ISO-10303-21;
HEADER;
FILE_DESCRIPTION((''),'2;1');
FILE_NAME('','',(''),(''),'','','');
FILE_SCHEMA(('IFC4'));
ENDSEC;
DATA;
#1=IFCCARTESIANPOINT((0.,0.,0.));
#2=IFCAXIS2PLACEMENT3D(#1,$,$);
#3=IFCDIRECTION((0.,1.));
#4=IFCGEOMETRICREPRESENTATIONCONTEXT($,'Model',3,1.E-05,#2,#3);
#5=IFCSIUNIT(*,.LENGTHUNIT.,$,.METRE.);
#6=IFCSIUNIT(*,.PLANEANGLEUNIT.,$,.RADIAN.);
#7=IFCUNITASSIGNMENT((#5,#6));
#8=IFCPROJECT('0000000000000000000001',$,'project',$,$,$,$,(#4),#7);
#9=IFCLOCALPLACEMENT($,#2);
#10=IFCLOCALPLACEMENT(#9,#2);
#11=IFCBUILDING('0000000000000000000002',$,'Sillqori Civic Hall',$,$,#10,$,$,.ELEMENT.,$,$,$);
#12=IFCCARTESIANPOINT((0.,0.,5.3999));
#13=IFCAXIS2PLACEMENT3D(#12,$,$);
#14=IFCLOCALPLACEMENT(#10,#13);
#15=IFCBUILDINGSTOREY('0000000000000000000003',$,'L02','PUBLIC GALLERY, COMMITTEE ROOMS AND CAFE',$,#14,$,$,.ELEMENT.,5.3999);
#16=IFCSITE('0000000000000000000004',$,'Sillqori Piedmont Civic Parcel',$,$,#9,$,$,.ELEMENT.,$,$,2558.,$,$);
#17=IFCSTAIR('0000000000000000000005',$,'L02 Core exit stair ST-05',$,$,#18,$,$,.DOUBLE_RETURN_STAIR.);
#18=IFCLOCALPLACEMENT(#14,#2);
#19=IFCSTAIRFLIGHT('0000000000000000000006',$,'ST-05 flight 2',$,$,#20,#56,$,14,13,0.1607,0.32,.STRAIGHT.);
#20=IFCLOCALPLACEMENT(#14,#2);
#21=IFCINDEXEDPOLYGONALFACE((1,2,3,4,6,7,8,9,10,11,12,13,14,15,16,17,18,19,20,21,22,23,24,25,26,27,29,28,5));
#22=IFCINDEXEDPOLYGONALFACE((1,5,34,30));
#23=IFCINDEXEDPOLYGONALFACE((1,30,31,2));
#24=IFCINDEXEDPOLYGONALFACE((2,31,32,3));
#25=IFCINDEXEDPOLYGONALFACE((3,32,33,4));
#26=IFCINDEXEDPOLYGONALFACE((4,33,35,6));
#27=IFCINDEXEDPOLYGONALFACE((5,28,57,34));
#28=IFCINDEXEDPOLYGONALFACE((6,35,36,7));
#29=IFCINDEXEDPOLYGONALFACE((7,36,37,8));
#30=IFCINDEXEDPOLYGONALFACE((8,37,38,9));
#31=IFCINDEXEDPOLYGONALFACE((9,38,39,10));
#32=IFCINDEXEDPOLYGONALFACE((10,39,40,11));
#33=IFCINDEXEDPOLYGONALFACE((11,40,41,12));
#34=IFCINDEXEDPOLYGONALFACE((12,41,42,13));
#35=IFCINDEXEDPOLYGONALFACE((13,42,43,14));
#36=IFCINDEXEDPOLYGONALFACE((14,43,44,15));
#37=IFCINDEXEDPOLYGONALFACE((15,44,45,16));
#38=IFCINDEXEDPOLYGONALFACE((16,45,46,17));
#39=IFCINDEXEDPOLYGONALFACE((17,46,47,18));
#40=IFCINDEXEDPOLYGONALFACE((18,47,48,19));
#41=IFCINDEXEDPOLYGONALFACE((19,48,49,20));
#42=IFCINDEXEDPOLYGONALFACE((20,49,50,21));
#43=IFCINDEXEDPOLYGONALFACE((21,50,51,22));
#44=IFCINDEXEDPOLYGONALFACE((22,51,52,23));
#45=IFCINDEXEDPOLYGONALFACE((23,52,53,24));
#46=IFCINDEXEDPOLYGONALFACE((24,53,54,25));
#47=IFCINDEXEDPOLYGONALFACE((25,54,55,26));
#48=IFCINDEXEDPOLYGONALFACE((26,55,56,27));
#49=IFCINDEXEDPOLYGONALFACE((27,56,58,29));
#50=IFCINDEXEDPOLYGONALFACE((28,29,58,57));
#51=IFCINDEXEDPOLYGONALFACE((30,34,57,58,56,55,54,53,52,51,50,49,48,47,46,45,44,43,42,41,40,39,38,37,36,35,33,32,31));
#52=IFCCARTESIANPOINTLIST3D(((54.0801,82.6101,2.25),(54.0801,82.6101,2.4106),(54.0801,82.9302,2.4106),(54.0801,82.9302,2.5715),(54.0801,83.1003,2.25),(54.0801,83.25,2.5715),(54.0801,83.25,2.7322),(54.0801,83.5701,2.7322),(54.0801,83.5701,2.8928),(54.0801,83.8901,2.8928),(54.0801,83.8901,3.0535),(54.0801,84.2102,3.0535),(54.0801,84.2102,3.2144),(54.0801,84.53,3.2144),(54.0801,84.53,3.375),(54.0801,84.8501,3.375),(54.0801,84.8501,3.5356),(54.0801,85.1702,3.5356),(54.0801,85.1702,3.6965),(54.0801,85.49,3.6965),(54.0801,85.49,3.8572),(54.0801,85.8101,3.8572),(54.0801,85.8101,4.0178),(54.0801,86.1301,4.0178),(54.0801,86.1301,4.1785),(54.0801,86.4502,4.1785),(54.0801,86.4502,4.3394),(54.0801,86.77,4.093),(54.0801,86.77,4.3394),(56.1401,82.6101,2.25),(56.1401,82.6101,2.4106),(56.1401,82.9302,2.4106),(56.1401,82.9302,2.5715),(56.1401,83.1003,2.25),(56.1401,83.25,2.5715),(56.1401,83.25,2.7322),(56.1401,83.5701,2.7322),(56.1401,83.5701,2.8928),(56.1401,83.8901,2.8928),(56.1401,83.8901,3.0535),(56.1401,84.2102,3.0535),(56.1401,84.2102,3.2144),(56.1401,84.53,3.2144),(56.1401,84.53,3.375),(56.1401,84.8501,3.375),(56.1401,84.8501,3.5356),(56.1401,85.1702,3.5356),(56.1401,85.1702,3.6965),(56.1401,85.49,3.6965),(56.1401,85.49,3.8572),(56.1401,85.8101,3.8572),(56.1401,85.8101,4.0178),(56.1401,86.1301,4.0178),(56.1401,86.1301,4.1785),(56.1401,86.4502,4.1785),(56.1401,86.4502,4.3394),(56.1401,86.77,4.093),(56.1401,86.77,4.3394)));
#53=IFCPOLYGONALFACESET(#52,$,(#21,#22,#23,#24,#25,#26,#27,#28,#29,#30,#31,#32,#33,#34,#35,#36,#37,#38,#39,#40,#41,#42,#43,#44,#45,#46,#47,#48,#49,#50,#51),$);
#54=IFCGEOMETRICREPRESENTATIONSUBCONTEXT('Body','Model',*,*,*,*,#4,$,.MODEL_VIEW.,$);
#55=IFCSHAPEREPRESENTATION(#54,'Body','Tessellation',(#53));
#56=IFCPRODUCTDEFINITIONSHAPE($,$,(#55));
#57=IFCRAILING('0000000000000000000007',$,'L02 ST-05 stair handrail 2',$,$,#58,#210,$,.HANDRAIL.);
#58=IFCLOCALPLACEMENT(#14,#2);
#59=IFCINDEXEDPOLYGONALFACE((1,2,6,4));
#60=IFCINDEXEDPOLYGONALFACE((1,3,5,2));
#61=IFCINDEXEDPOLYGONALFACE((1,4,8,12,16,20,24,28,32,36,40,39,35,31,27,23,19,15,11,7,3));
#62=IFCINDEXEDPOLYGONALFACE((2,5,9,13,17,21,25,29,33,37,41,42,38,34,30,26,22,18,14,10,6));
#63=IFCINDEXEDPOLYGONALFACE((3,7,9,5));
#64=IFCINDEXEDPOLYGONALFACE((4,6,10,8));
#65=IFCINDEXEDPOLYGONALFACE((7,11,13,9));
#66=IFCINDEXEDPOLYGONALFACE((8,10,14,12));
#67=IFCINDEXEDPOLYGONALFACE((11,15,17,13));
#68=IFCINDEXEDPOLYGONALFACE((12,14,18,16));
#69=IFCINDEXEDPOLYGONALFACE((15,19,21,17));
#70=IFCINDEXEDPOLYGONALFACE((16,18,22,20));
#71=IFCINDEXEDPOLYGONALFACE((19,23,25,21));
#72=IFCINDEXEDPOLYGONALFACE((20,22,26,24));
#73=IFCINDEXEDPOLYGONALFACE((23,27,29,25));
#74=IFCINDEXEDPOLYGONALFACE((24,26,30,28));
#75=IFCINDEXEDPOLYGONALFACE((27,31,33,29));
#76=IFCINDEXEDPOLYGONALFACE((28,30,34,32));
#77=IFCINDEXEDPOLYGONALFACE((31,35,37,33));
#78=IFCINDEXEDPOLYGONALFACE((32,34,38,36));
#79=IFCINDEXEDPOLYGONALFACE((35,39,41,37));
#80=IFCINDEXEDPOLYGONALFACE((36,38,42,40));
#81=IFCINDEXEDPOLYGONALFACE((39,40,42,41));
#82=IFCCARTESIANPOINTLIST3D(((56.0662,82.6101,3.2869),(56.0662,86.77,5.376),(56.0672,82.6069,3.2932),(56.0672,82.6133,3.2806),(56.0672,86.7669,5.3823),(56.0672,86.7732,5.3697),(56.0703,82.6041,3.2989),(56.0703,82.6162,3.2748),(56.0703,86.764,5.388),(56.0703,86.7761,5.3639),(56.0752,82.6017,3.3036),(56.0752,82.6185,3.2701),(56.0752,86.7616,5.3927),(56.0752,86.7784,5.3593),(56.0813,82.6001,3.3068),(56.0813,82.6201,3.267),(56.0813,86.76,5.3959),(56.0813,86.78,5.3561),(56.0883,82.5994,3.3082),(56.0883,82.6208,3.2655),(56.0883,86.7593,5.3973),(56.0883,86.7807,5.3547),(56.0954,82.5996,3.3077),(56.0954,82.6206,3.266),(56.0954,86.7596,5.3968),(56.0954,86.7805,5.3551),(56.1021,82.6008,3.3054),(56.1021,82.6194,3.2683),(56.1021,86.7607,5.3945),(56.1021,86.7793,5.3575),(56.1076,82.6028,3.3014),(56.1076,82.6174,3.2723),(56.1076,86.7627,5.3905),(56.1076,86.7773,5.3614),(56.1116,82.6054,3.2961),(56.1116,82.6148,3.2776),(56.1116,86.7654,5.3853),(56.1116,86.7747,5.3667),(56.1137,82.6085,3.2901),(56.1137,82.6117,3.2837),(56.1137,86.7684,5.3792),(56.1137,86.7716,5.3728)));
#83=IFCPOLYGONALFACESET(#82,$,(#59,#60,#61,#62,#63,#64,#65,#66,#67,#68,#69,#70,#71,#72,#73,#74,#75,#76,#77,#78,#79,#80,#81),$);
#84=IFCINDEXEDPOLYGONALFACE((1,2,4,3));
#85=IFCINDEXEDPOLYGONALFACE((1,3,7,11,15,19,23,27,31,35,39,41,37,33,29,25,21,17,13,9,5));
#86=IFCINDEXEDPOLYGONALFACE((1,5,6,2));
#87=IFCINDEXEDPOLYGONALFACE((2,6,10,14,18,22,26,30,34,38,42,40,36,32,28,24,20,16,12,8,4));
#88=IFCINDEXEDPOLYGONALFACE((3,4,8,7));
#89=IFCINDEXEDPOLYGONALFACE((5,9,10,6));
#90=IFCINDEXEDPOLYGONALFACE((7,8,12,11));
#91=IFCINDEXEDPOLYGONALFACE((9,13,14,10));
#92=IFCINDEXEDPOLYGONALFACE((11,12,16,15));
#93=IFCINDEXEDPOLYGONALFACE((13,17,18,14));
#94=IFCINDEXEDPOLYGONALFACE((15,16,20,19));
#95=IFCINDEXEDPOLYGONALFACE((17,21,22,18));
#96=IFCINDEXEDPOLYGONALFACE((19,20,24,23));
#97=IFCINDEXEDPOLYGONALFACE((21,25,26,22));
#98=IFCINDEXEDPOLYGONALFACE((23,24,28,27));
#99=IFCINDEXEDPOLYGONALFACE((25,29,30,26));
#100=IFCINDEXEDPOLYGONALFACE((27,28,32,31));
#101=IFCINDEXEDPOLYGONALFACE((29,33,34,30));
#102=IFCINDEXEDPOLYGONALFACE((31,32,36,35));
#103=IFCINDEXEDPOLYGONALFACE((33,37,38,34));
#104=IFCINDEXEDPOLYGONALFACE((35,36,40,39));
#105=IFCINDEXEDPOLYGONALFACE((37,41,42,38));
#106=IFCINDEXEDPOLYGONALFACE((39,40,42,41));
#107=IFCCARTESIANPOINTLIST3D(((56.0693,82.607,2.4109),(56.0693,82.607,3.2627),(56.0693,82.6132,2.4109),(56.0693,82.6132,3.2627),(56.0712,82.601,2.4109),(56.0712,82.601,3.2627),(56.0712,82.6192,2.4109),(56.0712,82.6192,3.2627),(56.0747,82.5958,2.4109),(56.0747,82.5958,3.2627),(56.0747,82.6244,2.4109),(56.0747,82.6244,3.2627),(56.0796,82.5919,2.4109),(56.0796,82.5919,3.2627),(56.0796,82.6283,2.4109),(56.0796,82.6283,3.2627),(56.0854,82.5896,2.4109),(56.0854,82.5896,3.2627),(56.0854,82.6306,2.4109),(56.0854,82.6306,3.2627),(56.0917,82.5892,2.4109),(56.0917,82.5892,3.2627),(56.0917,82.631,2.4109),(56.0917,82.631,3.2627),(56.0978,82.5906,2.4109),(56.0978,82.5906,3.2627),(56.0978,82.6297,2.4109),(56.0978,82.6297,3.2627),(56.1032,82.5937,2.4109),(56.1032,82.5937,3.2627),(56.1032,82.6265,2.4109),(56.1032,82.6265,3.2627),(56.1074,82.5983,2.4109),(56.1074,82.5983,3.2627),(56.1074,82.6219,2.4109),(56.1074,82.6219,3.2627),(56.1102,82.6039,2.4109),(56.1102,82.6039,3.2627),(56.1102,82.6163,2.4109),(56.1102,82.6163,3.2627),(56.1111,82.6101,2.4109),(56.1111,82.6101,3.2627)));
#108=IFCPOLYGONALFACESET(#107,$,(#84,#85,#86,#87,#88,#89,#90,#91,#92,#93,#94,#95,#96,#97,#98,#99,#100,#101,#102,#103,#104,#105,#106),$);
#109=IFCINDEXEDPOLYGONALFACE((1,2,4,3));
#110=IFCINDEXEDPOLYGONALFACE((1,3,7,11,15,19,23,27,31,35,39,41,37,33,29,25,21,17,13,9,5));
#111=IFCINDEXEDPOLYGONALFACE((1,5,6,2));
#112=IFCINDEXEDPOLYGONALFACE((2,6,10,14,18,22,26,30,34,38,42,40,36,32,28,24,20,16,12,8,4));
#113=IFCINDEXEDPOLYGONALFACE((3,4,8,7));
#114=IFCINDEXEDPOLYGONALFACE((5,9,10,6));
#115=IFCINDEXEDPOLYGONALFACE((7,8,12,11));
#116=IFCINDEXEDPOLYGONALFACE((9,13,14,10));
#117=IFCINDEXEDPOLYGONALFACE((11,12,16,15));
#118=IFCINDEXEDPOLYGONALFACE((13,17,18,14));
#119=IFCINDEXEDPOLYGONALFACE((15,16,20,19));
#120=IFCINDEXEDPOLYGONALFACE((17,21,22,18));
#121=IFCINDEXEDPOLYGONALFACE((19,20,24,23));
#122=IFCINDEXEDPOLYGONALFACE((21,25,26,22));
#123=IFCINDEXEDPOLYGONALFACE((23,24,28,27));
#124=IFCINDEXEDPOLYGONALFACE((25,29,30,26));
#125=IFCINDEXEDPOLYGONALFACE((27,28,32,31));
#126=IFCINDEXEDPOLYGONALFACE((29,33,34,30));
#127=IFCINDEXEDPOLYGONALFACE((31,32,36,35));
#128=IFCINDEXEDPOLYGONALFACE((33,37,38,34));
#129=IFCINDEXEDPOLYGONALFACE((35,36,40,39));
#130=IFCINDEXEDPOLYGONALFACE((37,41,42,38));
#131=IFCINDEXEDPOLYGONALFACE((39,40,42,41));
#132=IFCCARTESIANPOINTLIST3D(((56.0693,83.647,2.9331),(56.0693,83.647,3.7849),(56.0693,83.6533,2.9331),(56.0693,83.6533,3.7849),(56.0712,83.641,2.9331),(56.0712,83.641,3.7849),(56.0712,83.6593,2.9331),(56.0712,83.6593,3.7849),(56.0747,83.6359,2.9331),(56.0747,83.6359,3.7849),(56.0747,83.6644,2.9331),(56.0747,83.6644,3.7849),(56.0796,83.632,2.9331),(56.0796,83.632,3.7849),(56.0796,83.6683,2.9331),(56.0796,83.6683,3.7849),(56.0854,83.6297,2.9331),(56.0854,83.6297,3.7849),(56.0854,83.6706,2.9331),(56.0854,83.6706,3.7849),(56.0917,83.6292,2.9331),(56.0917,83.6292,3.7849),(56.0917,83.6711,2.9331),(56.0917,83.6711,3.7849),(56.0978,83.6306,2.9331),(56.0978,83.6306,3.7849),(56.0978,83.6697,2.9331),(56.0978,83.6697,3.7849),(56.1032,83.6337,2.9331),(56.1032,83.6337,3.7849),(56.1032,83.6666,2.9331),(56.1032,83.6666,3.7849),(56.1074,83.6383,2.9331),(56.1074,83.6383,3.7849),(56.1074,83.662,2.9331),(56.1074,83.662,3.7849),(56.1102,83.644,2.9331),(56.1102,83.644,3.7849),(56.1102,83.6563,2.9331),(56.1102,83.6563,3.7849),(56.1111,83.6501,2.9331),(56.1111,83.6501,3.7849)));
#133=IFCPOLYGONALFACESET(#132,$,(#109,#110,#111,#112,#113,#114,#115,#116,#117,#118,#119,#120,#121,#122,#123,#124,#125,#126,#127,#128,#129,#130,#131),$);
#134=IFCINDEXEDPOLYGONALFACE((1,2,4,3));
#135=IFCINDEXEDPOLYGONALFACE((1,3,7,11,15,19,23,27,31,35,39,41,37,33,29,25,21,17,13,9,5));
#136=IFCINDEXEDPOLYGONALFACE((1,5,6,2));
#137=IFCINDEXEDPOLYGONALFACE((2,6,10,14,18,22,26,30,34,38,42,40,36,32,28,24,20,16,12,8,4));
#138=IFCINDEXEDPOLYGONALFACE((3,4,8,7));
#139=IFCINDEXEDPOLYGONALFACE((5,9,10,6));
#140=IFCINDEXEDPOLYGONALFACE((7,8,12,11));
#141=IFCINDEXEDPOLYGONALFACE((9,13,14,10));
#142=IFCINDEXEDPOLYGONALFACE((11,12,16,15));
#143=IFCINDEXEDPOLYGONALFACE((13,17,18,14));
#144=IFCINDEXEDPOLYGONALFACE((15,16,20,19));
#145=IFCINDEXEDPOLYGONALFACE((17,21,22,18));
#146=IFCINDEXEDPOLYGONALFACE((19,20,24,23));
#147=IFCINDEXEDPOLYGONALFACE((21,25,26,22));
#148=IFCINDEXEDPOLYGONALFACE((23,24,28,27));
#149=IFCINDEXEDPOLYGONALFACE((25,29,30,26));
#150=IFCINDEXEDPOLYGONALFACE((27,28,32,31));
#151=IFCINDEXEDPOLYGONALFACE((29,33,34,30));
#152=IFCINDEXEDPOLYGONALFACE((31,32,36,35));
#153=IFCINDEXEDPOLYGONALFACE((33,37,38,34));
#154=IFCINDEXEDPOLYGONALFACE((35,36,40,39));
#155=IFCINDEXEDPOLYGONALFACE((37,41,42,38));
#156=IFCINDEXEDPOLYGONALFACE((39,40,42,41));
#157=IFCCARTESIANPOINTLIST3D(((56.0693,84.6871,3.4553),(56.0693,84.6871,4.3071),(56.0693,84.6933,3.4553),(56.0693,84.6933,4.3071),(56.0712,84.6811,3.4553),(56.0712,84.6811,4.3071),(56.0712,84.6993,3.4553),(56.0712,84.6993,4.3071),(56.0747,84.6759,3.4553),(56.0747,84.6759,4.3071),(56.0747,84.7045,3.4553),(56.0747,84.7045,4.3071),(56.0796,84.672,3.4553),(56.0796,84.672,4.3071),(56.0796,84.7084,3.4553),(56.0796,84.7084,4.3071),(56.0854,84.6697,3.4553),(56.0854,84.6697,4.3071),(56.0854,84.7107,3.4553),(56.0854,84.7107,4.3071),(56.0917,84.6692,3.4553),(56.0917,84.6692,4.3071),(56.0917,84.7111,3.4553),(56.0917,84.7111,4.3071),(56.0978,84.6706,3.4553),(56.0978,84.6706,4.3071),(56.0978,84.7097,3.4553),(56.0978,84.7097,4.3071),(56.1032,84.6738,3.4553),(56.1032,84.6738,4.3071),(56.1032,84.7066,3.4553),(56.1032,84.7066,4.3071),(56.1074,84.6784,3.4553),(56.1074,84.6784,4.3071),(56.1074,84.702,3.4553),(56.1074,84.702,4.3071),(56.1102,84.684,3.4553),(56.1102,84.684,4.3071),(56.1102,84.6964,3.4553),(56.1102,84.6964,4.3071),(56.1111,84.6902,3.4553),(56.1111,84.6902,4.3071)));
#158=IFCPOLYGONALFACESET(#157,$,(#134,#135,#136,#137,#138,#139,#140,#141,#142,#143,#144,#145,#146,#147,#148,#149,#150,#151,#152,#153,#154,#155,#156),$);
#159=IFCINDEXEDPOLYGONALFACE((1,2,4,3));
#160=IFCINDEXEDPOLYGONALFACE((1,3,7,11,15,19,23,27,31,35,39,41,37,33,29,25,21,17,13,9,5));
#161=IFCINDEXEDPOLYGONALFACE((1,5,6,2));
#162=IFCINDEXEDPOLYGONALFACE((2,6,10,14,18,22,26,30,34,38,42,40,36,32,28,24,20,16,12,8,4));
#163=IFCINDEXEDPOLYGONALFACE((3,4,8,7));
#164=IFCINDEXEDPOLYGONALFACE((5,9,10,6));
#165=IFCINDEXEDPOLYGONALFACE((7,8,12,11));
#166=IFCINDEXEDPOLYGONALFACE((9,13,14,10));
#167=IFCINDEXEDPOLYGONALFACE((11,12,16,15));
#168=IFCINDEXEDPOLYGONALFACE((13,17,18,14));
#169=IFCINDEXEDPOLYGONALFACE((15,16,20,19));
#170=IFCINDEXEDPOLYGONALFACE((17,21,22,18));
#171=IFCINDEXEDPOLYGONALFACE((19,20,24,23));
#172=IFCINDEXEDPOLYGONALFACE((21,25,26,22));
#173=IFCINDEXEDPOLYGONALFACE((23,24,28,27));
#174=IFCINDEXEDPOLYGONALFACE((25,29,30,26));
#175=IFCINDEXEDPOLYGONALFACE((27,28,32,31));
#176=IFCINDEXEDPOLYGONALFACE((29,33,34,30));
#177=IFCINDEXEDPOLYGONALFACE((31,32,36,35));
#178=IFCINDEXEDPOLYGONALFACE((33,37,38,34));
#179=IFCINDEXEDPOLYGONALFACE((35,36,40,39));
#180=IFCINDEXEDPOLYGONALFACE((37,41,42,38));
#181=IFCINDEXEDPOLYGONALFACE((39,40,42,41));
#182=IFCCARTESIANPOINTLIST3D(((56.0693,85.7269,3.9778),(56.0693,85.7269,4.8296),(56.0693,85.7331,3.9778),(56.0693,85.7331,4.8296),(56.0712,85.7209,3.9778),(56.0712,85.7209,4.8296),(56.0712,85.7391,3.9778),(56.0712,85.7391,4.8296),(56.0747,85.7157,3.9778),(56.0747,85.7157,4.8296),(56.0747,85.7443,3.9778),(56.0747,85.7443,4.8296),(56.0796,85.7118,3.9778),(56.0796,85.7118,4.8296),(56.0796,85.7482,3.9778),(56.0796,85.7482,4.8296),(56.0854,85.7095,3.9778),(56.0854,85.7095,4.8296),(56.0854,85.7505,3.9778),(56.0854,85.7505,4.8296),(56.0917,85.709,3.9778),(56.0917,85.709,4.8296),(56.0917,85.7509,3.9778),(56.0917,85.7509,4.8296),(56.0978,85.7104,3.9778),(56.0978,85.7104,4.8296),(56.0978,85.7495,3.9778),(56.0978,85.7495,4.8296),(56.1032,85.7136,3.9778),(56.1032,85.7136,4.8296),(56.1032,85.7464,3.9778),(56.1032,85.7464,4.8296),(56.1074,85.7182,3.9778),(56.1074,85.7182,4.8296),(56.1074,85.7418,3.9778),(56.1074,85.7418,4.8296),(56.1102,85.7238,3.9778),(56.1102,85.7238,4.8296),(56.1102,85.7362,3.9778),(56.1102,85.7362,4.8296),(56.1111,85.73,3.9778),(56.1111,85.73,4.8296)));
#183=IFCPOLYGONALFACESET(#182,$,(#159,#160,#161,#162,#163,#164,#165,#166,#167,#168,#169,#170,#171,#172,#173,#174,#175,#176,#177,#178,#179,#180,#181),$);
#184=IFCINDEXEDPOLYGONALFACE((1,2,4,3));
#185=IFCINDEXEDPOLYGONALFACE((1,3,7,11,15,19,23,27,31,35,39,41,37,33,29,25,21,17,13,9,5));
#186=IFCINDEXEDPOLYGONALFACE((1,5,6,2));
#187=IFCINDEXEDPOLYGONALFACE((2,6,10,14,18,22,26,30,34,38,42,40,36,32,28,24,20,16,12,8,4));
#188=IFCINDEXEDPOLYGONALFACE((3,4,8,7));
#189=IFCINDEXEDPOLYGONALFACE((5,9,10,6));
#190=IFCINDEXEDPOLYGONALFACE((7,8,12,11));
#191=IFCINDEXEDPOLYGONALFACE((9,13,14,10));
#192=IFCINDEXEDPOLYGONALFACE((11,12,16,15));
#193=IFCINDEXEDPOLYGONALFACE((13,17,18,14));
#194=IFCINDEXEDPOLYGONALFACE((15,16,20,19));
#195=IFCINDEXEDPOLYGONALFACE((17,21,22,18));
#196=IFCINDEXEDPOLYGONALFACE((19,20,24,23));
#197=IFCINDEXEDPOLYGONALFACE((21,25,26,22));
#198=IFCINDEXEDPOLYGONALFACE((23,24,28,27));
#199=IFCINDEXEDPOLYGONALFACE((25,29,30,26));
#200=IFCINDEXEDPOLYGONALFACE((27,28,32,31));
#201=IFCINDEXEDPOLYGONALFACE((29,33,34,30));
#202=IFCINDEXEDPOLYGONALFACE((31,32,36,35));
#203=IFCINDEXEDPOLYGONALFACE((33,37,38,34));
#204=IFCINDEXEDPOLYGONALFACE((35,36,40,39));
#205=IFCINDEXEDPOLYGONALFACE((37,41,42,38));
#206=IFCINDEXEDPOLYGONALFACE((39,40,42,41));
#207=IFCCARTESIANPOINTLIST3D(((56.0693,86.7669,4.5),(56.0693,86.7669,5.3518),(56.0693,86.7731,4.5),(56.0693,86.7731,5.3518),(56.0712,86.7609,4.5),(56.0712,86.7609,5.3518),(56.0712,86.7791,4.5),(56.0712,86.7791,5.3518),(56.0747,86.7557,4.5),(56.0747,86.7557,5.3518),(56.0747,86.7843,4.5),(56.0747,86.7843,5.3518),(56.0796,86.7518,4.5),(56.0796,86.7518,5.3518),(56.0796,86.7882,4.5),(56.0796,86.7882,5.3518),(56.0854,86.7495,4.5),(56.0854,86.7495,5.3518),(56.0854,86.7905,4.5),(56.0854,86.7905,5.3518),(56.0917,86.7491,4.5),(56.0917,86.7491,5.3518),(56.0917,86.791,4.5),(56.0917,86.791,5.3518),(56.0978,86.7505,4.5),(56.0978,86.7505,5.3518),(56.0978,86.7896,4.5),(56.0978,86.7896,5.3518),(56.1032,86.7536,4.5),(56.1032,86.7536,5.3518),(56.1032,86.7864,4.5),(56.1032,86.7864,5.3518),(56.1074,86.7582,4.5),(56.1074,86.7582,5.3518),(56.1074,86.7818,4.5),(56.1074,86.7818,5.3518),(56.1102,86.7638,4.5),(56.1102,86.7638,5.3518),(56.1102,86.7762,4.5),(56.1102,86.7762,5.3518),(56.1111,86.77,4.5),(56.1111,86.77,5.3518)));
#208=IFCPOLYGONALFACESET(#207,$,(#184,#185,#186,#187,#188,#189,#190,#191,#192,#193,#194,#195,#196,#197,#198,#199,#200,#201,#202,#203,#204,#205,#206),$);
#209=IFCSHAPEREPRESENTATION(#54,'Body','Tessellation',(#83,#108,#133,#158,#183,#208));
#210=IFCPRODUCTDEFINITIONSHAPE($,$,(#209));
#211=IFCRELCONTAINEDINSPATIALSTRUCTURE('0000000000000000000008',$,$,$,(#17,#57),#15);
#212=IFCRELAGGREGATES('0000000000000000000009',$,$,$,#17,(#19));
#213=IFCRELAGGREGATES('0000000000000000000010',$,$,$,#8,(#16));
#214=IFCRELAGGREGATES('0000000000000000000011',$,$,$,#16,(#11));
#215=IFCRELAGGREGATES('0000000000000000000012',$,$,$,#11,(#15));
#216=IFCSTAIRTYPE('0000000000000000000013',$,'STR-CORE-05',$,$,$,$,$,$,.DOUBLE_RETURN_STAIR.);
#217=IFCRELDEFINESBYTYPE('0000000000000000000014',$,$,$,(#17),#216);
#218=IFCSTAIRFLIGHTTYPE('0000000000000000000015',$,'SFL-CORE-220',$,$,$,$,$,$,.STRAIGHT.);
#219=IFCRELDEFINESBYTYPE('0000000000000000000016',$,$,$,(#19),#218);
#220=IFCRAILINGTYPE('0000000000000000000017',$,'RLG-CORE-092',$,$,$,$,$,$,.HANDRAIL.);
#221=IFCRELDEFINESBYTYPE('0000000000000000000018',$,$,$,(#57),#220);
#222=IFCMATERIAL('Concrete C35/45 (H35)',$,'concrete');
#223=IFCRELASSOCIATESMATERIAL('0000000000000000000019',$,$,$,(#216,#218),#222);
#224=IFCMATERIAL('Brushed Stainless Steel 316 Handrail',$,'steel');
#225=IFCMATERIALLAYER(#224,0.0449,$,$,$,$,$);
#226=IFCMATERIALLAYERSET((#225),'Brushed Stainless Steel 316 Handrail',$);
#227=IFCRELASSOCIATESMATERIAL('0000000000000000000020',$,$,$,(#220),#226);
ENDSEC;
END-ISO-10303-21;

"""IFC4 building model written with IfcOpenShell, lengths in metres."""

from ifc_helpers import new_model, si_unit, direction, frame, origin, origin_2d, place, context, subcontext, project, spatial, polyline, circle, outline, extrude, material, layer, layer_set, type_object, element, aggregate, save


model = new_model("IFC4")

# Units and contexts
model_context = context("Model", 3, precision=1e-05, world=origin(), true_north=direction((0.0, 1.0)))
body_context = subcontext(model_context, "Body", "Model", "MODEL_VIEW")
ifc_project = project(units=[si_unit("LENGTHUNIT", "METRE"), si_unit("PLANEANGLEUNIT", "RADIAN")], contexts=[model_context])

# Site, building, storey
site_placement = place(None, origin())
site = spatial("IfcSite", under=ifc_project, at=site_placement, Name="Sillqori Piedmont Civic Parcel", CompositionType="ELEMENT", RefElevation=2558.0)
building_placement = place(site_placement, origin())
building = spatial("IfcBuilding", under=site, at=building_placement, Name="Sillqori Civic Hall", CompositionType="ELEMENT")
storey_placement = place(building_placement, frame((0.0, 0.0, 5.3999)))
storey = spatial("IfcBuildingStorey", under=building, at=storey_placement, Name="L02", Description="PUBLIC GALLERY, COMMITTEE ROOMS AND CAFE", CompositionType="ELEMENT", Elevation=5.3999)

# Shared definitions
ifc_material_1 = material(Name="Concrete C35/45 (H35)", Category="concrete")

# Stair, stair flight
stair_type = type_object("IfcStairType", Name="STR-CORE-05", PredefinedType="DOUBLE_RETURN_STAIR", material=ifc_material_1)
stair_placement = place(storey_placement, origin())
stair = element("IfcStair", 1, at=stair_placement, inside=storey, type_object=stair_type, Name="L02 Core exit stair ST-05", PredefinedType="DOUBLE_RETURN_STAIR")
stair_flight_type = type_object("IfcStairFlightType", Name="SFL-CORE-220", PredefinedType="STRAIGHT", material=ifc_material_1)
stair_flight_placement = place(storey_placement, frame((55.1101, 82.6101, 2.25), z_axis=(0.0, 0.0, 1.0), x_axis=(0.0, 1.0, 0.0)))
stair_flight = element("IfcStairFlight", 2, at=stair_flight_placement, type_object=stair_flight_type, Name="ST-05 flight 2", NumberOfRisers=14, NumberOfTreads=13, PredefinedType="STRAIGHT", RiserHeight=0.1607, TreadLength=0.32, context=body_context, shape_type="SweptSolid", body=[
    extrude(outline(polyline([(0.0, 0.0), (0.0, 0.1606), (0.3201, 0.1606), (0.3201, 0.3215), (0.6399, 0.3215), (0.6399, 0.4822), (0.96, 0.4822), (0.96, 0.6428), (1.28, 0.6428), (1.28, 0.8035), (1.6001, 0.8035), (1.6001, 0.9644), (1.9199, 0.9644), (1.9199, 1.125), (2.24, 1.125), (2.24, 1.2856), (2.5601, 1.2856), (2.5601, 1.4465), (2.8799, 1.4465), (2.8799, 1.6072), (3.2, 1.6072), (3.2, 1.7678), (3.52, 1.7678), (3.52, 1.9285), (3.8401, 1.9285), (3.8401, 2.0894), (4.1599, 2.0894), (4.1599, 2.25), (4.1599, 1.843), (0.4902, 0.0), (0.0, 0.0)])), frame((0.0, 1.03, 0.0), z_axis=(0.0, -1.0, 0.0), x_axis=(1.0, 0.0, 0.0)), (0.0, 0.0, 1.0), 2.0601),
])
aggregate(stair, [stair_flight])

# Railing
ifc_material_2 = material(Name="Brushed Stainless Steel 316 Handrail", Category="steel")
ifc_layer_1 = layer(ifc_material_2, 0.0449)
ifc_layer_set_1 = layer_set([ifc_layer_1], Name="Brushed Stainless Steel 316 Handrail")
railing_type_1 = type_object("IfcRailingType", Name="RLG-CORE-092", PredefinedType="HANDRAIL", material=ifc_layer_set_1)
railing_1_placement = place(storey_placement, frame((56.0901, 82.6101, 2.4109)))
element("IfcRailing", 3, at=railing_1_placement, inside=storey, type_object=railing_type_1, Name="L02 ST-05 stair handrail 2", PredefinedType="HANDRAIL", context=body_context, shape_type="SweptSolid", body=[
    extrude(circle(Radius=0.0239, at=origin_2d()), frame((0.0, 0.0, 0.876), z_axis=(0.0, 0.893639, 0.448786), x_axis=(-1.0, 0.0, 0.0)), (0.0, 0.0, 1.0), 4.655),
    extrude(circle(Radius=0.021, at=origin_2d()), origin(), (0.0, 0.0, 1.0), 0.8518),
    extrude(circle(Radius=0.021, at=origin_2d()), frame((0.0, 1.04, 0.5222)), (0.0, 0.0, 1.0), 0.8518),
    extrude(circle(Radius=0.021, at=origin_2d()), frame((0.0, 2.0801, 1.0444)), (0.0, 0.0, 1.0), 0.8518),
    extrude(circle(Radius=0.021, at=origin_2d()), frame((0.0, 3.1199, 1.5669)), (0.0, 0.0, 1.0), 0.8518),
    extrude(circle(Radius=0.021, at=origin_2d()), frame((0.0, 4.1599, 2.0891)), (0.0, 0.0, 1.0), 0.8518),
])

save(model, "model.ifc")
